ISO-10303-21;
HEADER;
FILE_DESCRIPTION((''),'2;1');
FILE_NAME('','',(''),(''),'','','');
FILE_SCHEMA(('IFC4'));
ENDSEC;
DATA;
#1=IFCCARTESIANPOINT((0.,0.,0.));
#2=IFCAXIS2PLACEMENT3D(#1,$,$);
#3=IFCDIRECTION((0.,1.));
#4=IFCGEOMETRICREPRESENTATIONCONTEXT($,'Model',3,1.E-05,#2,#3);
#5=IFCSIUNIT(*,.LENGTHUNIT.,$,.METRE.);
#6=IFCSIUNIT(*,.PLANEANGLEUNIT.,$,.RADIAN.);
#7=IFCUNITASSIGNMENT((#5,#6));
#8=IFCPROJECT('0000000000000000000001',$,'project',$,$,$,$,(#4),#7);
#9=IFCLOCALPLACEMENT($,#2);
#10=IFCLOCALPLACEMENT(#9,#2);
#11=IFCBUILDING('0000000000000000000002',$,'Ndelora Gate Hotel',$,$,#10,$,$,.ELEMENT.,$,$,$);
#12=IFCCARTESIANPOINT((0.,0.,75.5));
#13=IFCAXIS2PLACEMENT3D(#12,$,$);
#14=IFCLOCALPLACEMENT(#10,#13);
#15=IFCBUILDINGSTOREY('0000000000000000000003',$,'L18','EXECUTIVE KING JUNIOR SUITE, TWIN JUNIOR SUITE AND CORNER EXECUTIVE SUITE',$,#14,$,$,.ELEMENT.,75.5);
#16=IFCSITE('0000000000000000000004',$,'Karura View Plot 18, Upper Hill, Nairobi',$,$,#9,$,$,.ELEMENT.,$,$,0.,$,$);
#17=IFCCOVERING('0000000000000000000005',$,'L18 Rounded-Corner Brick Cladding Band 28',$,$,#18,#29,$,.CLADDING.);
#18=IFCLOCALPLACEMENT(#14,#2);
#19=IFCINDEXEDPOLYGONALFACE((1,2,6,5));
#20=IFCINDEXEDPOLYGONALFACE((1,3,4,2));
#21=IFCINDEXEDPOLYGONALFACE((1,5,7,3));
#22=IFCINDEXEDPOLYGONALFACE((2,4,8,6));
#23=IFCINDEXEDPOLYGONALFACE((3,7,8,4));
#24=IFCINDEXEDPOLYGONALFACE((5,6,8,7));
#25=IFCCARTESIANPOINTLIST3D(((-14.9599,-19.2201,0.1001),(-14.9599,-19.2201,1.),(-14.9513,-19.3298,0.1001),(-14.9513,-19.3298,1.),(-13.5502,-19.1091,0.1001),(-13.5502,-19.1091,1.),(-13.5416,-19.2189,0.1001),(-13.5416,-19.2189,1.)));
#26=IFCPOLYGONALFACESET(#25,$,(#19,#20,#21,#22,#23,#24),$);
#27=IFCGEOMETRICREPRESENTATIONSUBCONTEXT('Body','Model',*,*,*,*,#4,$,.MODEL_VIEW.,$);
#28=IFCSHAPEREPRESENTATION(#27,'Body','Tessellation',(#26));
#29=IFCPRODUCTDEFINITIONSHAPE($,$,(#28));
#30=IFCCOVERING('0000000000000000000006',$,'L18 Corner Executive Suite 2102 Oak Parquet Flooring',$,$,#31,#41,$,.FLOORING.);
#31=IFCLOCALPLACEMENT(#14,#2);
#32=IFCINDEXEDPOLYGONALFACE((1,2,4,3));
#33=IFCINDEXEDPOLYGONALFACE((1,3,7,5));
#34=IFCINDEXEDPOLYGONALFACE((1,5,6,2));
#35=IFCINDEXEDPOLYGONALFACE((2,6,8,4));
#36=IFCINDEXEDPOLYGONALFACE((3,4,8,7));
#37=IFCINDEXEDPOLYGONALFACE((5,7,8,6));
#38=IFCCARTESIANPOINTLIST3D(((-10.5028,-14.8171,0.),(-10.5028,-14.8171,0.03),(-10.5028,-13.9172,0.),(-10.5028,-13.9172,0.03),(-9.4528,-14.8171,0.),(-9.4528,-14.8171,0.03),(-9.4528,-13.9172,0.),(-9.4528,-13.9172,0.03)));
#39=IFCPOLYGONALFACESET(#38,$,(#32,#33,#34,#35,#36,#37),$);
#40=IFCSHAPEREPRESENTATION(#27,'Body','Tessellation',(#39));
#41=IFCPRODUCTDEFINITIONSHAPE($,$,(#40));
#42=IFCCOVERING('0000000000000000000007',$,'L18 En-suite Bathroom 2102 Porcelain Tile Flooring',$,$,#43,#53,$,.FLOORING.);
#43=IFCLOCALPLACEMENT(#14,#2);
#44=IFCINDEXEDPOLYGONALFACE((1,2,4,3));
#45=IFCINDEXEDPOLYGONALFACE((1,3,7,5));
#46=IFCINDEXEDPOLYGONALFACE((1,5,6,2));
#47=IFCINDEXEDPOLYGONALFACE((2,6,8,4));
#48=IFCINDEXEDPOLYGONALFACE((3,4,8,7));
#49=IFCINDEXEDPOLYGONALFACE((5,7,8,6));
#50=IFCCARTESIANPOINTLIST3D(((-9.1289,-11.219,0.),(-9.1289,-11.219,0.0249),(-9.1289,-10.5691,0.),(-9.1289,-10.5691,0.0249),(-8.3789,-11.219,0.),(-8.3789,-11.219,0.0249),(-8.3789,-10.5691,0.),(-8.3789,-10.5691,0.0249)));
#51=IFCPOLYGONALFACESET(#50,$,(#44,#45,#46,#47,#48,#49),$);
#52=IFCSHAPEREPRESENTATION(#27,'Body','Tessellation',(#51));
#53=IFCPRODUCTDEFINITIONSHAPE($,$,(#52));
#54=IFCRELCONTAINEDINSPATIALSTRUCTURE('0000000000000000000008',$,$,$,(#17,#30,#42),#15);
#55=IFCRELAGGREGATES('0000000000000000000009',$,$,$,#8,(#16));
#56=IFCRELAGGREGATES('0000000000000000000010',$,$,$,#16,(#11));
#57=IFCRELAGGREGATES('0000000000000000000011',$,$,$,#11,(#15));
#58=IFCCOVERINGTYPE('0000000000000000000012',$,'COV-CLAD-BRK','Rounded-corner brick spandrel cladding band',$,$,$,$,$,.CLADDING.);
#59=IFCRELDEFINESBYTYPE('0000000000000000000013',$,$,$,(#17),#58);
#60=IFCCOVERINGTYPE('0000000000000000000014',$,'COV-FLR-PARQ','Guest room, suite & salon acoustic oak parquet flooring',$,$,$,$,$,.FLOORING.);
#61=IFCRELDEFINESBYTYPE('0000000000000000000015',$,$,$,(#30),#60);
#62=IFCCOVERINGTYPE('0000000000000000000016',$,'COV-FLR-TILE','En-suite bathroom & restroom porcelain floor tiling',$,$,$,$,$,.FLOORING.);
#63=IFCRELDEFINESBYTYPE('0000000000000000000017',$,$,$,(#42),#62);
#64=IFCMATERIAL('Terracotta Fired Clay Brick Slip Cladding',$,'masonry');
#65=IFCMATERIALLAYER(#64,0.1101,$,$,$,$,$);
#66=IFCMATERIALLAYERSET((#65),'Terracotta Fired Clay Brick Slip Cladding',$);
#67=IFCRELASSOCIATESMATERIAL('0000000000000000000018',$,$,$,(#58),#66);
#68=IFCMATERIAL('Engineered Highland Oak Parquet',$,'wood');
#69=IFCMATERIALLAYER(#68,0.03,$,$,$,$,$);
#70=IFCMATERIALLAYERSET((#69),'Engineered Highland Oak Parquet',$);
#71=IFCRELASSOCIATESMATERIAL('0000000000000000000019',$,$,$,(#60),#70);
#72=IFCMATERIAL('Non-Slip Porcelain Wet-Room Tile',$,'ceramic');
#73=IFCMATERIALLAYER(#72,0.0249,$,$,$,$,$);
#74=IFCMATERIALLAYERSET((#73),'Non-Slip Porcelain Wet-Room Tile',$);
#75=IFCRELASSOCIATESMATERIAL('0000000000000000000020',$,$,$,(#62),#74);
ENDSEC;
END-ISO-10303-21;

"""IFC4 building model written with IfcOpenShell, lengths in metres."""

from ifc_helpers import new_model, si_unit, direction, frame, origin, origin_2d, place, context, subcontext, project, spatial, rectangle, extrude, material, layer, layer_set, type_object, element, save


model = new_model("IFC4")

# Units and contexts
model_context = context("Model", 3, precision=1e-05, world=origin(), true_north=direction((0.0, 1.0)))
body_context = subcontext(model_context, "Body", "Model", "MODEL_VIEW")
ifc_project = project(units=[si_unit("LENGTHUNIT", "METRE"), si_unit("PLANEANGLEUNIT", "RADIAN")], contexts=[model_context])

# Site, building, storey
site_placement = place(None, origin())
site = spatial("IfcSite", under=ifc_project, at=site_placement, Name="Karura View Plot 18, Upper Hill, Nairobi", CompositionType="ELEMENT", RefElevation=0.0)
building_placement = place(site_placement, origin())
building = spatial("IfcBuilding", under=site, at=building_placement, Name="Ndelora Gate Hotel", CompositionType="ELEMENT")
storey_placement = place(building_placement, frame((0.0, 0.0, 75.5)))
storey = spatial("IfcBuildingStorey", under=building, at=storey_placement, Name="L18", Description="EXECUTIVE KING JUNIOR SUITE, TWIN JUNIOR SUITE AND CORNER EXECUTIVE SUITE", CompositionType="ELEMENT", Elevation=75.5)

# Coverings
ifc_material_1 = material(Name="Terracotta Fired Clay Brick Slip Cladding", Category="masonry")
ifc_layer_1 = layer(ifc_material_1, 0.1101)
ifc_layer_set_1 = layer_set([ifc_layer_1], Name="Terracotta Fired Clay Brick Slip Cladding")
covering_type_1 = type_object("IfcCoveringType", Name="COV-CLAD-BRK", Description="Rounded-corner brick spandrel cladding band", PredefinedType="CLADDING", material=ifc_layer_set_1)
for number, where, z_axis, x_axis, name in (
    (1, (-14.2507, -19.2195, 0.1001), (0.0, 0.0, 1.0), (0.996917, 0.078459, 0.0), "L18 Rounded-Corner Brick Cladding Band 28"),
):
    element("IfcCovering", number, at=place(storey_placement, frame(where, z_axis=z_axis, x_axis=x_axis)), inside=storey, type_object=covering_type_1, Name=name, PredefinedType="CLADDING", context=body_context, shape_type="SweptSolid", body=[
        extrude(rectangle(XDim=1.4141, YDim=0.1101, at=origin_2d()), origin(), (0.0, 0.0, 1.0), 0.8999),
    ])
ifc_material_2 = material(Name="Engineered Highland Oak Parquet", Category="wood")
ifc_layer_2 = layer(ifc_material_2, 0.03)
ifc_layer_set_2 = layer_set([ifc_layer_2], Name="Engineered Highland Oak Parquet")
covering_type_2 = type_object("IfcCoveringType", Name="COV-FLR-PARQ", Description="Guest room, suite & salon acoustic oak parquet flooring", PredefinedType="FLOORING", material=ifc_layer_set_2)
covering_1_placement = place(storey_placement, frame((-9.9778, -14.3672, 0.0), z_axis=(0.0, 0.0, 1.0), x_axis=(1.0, 0.0, 0.0)))
element("IfcCovering", 2, at=covering_1_placement, inside=storey, type_object=covering_type_2, Name="L18 Corner Executive Suite 2102 Oak Parquet Flooring", PredefinedType="FLOORING", context=body_context, shape_type="SweptSolid", body=[
    extrude(rectangle(XDim=1.05, YDim=0.8999, at=origin_2d()), origin(), (0.0, 0.0, 1.0), 0.03),
])
ifc_material_3 = material(Name="Non-Slip Porcelain Wet-Room Tile", Category="ceramic")
ifc_layer_3 = layer(ifc_material_3, 0.0249)
ifc_layer_set_3 = layer_set([ifc_layer_3], Name="Non-Slip Porcelain Wet-Room Tile")
covering_type_3 = type_object("IfcCoveringType", Name="COV-FLR-TILE", Description="En-suite bathroom & restroom porcelain floor tiling", PredefinedType="FLOORING", material=ifc_layer_set_3)
covering_2_placement = place(storey_placement, frame((-8.7539, -10.894, 0.0), z_axis=(0.0, 0.0, 1.0), x_axis=(1.0, 0.0, 0.0)))
element("IfcCovering", 3, at=covering_2_placement, inside=storey, type_object=covering_type_3, Name="L18 En-suite Bathroom 2102 Porcelain Tile Flooring", PredefinedType="FLOORING", context=body_context, shape_type="SweptSolid", body=[
    extrude(rectangle(XDim=0.75, YDim=0.6499, at=origin_2d()), origin(), (0.0, 0.0, 1.0), 0.0249),
])

save(model, "model.ifc")
